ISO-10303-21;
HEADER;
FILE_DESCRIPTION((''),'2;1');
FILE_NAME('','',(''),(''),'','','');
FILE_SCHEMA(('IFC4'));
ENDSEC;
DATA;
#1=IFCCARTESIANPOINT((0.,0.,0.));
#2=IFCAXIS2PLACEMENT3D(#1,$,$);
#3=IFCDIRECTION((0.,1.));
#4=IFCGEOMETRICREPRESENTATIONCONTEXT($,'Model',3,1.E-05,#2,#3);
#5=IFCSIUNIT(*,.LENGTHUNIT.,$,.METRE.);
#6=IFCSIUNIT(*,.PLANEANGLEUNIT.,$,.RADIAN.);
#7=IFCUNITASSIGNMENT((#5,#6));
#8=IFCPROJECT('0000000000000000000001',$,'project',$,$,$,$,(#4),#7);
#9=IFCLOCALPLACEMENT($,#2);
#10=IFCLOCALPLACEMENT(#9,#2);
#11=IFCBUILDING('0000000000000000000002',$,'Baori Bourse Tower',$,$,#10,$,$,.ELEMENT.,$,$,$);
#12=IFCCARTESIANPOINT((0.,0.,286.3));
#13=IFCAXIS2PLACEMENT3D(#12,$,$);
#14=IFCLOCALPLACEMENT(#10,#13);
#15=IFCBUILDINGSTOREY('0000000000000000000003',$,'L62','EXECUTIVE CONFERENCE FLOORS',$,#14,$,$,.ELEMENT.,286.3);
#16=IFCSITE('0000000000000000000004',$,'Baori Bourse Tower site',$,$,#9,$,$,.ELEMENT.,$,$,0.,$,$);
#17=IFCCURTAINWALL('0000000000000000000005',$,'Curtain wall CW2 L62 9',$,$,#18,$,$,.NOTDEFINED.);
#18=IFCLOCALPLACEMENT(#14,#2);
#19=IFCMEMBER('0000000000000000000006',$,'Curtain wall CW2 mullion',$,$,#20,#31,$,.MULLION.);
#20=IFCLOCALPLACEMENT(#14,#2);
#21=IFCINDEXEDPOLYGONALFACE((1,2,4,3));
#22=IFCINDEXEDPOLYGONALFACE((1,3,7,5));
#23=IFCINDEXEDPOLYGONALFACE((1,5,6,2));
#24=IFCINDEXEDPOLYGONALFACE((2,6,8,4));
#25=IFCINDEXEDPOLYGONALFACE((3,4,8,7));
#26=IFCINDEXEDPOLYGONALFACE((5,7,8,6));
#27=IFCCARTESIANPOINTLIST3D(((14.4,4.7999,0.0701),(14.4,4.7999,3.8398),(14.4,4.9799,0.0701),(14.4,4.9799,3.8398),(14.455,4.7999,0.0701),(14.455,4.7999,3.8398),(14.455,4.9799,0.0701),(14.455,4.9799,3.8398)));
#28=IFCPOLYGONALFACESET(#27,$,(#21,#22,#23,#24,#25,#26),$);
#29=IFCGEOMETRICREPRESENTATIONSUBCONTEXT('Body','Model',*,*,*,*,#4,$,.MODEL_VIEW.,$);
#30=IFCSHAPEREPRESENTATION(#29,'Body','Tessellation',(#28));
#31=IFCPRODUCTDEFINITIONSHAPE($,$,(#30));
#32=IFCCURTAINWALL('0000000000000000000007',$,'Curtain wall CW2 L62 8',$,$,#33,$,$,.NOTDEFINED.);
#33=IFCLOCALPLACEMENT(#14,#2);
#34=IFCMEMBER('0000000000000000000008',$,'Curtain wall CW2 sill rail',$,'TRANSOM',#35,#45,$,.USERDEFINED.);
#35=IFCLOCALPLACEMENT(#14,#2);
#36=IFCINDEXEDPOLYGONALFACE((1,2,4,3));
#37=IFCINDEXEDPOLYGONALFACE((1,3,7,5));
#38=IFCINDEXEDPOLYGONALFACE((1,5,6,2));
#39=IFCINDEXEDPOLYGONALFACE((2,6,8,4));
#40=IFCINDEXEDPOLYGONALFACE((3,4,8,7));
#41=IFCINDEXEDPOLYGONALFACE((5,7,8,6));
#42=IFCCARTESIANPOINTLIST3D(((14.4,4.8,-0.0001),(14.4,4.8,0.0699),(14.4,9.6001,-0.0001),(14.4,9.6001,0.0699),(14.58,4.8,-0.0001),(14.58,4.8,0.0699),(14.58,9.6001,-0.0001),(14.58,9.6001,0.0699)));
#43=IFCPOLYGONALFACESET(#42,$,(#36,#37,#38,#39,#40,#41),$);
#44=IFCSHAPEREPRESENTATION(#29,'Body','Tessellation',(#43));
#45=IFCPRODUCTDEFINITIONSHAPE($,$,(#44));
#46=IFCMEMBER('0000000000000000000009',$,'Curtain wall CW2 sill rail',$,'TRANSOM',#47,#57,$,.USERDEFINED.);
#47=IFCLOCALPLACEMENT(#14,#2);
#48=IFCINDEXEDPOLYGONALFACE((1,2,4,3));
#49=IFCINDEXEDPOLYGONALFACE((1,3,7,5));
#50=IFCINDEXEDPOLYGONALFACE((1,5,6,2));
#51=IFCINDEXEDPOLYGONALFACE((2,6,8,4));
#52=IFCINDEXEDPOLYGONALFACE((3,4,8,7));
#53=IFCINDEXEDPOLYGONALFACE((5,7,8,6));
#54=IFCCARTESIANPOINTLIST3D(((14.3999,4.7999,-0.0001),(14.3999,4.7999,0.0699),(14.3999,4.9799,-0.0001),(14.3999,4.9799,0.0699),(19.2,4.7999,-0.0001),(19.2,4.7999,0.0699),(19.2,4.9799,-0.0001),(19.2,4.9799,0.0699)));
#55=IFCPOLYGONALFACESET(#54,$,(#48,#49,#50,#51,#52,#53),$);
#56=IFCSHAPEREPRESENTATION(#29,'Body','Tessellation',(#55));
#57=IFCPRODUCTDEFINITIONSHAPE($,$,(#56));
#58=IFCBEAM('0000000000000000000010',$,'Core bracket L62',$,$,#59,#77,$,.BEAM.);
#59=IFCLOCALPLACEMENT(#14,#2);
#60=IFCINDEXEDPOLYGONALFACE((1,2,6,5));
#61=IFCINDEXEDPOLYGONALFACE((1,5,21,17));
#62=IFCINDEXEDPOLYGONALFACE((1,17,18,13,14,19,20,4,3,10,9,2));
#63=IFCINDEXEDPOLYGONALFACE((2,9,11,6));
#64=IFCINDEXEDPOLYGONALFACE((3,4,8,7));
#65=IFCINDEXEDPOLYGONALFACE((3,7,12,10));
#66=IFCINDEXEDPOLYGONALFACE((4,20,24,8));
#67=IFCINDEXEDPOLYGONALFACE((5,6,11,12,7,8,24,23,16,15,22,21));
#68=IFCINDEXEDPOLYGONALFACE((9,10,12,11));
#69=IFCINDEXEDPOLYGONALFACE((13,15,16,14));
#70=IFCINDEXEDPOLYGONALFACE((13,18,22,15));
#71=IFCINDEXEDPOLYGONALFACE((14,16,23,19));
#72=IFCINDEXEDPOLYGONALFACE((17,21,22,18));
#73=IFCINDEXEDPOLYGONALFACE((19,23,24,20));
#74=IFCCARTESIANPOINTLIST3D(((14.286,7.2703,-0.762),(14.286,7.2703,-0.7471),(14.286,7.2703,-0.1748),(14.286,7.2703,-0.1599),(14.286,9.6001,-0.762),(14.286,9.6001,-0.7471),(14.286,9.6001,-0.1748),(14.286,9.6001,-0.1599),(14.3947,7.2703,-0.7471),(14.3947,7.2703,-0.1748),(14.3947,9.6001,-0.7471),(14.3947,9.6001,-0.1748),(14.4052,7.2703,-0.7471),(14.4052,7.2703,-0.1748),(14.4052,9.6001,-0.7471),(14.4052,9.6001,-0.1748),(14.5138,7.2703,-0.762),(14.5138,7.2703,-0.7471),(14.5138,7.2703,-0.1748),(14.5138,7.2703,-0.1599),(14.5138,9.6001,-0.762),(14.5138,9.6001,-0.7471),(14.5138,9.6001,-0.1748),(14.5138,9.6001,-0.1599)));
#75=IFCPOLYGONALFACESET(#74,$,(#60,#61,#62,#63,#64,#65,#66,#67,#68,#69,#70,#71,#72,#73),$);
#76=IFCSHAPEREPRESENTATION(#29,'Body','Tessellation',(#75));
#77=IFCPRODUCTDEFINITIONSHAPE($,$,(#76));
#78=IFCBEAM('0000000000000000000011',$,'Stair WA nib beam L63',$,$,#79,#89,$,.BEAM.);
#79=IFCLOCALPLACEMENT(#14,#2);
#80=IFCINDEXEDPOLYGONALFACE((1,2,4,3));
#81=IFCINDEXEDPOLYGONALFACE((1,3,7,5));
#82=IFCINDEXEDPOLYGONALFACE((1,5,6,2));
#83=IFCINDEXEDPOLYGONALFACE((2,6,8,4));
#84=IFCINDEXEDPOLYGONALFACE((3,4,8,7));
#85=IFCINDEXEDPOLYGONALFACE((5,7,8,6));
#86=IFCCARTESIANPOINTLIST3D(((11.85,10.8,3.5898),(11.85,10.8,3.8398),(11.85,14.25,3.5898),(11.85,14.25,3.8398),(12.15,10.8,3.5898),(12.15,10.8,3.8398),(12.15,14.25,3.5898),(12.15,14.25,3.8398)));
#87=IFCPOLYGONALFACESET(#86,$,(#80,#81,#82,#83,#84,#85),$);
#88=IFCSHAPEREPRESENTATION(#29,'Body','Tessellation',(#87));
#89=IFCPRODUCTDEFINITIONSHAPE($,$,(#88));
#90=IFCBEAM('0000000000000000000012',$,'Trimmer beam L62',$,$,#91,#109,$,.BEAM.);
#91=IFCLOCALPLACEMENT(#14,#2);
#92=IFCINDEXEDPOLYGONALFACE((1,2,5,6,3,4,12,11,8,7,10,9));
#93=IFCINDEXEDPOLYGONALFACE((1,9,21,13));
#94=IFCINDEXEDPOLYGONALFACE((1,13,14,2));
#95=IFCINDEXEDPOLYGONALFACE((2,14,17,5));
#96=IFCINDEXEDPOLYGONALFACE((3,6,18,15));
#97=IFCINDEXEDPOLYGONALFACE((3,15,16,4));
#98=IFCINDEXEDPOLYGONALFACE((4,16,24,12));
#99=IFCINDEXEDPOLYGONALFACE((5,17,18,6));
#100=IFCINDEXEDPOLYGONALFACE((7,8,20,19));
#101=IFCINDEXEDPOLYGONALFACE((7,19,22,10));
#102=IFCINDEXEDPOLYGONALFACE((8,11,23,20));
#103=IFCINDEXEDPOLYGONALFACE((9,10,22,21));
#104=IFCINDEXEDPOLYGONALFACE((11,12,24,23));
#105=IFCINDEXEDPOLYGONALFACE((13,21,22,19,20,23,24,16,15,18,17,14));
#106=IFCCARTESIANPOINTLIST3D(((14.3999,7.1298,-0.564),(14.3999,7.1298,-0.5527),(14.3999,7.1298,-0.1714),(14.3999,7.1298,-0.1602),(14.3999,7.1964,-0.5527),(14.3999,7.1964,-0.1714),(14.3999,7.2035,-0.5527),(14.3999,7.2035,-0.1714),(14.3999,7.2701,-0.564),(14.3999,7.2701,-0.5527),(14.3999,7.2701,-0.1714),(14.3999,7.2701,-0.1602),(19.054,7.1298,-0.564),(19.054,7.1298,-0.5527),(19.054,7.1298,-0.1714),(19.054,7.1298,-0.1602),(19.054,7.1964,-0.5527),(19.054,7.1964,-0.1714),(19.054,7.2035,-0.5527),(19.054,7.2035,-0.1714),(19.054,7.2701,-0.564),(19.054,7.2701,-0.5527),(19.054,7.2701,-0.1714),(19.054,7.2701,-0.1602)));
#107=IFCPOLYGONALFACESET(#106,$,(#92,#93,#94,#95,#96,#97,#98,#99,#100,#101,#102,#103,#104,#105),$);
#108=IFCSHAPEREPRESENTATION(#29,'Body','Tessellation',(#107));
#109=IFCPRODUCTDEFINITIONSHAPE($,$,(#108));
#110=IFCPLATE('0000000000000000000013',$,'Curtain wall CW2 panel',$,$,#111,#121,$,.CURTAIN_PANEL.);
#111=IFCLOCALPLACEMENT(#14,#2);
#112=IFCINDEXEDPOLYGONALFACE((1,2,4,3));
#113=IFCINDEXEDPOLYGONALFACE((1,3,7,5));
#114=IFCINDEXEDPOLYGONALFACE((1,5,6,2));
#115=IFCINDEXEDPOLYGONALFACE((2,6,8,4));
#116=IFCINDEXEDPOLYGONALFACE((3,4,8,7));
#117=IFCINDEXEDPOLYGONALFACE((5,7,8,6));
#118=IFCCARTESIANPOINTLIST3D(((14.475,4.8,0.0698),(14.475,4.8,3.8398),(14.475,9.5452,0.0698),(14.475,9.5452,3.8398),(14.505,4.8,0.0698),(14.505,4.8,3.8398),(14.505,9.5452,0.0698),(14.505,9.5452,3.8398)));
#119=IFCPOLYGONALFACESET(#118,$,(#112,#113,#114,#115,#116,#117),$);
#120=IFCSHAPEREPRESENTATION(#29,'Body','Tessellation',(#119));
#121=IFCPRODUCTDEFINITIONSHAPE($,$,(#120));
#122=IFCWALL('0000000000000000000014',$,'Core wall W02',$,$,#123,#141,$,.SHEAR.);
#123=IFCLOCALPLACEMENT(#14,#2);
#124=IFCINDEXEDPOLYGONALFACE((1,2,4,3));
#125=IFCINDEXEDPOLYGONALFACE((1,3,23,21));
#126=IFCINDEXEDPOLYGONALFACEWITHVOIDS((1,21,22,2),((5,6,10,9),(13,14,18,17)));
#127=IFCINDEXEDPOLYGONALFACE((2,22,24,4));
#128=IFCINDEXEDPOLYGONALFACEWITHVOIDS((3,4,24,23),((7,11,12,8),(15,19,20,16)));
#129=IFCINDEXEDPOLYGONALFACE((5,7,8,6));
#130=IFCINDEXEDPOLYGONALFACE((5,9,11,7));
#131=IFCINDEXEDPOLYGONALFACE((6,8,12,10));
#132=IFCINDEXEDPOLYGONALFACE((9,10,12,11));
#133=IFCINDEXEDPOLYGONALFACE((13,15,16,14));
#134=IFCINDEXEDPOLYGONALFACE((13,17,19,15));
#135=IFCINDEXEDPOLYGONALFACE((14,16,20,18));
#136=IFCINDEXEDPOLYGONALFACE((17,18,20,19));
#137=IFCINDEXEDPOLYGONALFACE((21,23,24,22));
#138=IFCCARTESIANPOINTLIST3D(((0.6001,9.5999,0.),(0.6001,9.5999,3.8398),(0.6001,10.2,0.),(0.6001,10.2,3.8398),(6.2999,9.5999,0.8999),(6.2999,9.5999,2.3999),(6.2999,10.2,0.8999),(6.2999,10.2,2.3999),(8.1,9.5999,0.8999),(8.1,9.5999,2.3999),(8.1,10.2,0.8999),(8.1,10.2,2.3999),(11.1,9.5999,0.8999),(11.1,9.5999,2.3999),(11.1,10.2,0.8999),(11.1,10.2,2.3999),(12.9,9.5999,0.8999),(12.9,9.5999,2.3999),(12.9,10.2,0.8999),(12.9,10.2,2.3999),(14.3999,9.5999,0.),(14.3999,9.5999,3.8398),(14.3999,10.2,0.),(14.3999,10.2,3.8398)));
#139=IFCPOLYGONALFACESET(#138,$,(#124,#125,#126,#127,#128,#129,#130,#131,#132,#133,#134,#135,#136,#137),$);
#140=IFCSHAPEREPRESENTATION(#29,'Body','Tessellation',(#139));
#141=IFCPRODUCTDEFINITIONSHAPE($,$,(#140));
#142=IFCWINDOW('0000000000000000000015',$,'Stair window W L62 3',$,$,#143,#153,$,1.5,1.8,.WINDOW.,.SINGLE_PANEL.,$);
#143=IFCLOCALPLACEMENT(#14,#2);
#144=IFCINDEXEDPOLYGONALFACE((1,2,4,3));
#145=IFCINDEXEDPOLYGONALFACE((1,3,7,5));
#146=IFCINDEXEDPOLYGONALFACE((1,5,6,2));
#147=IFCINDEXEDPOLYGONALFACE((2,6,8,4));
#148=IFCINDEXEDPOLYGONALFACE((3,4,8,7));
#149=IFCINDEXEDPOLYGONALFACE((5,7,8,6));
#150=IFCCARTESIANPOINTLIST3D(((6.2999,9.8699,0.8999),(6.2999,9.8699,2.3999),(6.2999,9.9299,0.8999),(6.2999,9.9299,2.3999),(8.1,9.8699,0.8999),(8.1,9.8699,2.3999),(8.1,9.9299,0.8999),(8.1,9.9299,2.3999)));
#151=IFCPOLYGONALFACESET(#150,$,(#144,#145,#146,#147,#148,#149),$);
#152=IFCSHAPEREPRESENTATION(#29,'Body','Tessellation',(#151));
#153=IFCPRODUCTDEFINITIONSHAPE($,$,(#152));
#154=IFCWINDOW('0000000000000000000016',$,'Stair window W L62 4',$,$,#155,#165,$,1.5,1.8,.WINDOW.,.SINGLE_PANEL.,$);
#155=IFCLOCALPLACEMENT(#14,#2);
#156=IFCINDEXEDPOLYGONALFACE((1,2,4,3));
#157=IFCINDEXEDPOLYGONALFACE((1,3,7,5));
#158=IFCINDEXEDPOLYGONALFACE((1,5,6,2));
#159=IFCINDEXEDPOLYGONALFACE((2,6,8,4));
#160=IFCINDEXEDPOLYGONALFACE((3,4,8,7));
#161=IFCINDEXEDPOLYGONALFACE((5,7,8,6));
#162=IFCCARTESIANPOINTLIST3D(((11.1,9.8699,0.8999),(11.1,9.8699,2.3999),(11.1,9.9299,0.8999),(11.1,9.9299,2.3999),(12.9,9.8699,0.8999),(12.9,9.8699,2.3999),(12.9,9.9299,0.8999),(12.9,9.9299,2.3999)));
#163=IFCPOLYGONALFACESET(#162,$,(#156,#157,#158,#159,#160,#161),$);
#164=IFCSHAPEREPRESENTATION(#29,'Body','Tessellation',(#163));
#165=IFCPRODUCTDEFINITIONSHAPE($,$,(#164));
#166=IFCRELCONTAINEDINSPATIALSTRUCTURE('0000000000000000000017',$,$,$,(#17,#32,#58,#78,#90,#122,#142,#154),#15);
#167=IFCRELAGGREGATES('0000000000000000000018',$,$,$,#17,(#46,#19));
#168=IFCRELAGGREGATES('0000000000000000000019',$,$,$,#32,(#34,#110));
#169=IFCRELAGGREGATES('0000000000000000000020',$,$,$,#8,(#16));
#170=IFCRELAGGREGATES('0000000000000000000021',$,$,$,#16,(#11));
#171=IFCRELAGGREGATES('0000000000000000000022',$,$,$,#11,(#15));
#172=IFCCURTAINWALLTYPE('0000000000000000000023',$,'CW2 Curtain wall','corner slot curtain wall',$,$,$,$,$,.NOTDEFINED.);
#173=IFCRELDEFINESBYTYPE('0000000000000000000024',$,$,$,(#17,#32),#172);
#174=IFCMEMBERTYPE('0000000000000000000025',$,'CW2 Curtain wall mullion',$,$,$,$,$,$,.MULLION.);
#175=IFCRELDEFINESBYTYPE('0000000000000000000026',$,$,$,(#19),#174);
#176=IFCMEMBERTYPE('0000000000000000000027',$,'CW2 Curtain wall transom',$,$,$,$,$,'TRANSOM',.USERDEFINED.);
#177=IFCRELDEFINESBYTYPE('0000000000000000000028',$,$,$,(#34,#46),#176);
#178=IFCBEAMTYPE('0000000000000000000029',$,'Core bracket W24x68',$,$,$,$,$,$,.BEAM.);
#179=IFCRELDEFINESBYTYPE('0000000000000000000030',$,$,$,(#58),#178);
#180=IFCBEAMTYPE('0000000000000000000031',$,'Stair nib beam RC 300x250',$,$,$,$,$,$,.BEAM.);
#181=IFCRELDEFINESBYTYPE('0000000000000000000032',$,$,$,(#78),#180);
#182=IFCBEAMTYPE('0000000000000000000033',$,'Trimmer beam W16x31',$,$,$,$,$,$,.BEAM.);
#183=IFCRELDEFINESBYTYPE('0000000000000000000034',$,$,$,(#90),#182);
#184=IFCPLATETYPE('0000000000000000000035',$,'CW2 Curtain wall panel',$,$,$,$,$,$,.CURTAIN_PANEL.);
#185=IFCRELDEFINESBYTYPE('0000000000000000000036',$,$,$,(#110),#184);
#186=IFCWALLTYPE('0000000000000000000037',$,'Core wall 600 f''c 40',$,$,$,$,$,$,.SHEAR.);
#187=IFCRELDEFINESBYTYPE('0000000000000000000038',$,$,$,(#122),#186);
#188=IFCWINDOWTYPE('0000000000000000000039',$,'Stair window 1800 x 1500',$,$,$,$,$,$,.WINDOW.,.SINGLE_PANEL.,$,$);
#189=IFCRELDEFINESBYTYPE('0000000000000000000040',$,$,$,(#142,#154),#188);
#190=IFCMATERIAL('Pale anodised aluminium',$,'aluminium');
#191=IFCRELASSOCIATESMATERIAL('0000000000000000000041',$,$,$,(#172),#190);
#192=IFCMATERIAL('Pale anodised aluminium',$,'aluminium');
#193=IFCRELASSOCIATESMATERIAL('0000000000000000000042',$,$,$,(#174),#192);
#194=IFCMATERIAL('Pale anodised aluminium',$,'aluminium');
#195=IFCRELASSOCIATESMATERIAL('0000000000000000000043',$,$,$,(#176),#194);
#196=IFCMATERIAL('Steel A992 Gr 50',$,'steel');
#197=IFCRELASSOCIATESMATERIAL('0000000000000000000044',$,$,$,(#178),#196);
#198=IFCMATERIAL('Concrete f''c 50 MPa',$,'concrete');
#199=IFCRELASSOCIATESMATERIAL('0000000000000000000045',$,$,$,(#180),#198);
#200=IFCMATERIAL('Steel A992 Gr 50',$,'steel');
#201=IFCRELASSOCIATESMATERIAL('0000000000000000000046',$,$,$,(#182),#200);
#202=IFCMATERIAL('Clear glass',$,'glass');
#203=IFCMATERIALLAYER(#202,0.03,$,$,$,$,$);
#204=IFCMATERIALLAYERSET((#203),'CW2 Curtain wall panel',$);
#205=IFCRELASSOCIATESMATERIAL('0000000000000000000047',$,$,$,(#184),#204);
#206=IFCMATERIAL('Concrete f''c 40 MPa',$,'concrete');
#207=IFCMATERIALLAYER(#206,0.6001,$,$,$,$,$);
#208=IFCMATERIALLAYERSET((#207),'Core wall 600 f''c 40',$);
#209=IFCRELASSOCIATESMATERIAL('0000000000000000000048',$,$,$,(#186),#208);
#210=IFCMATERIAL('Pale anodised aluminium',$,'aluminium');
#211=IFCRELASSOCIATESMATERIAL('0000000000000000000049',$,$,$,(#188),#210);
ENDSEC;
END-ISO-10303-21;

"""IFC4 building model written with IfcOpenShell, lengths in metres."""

from ifc_helpers import new_model, si_unit, direction, frame, frame_2d, origin, origin_2d, place, context, subcontext, project, spatial, rectangle, i_section, extrude, material, layer, layer_set, material_profile, profile_set, type_object, element, fill, aggregate, save


model = new_model("IFC4")

# Units and contexts
model_context = context("Model", 3, precision=1e-05, world=origin(), true_north=direction((0.0, 1.0)))
body_context = subcontext(model_context, "Body", "Model", "MODEL_VIEW")
ifc_project = project(units=[si_unit("LENGTHUNIT", "METRE"), si_unit("PLANEANGLEUNIT", "RADIAN")], contexts=[model_context])

# Site, building, storey
site_placement = place(None, origin())
site = spatial("IfcSite", under=ifc_project, at=site_placement, Name="Baori Bourse Tower site", CompositionType="ELEMENT", RefElevation=0.0)
building_placement = place(site_placement, origin())
building = spatial("IfcBuilding", under=site, at=building_placement, Name="Baori Bourse Tower", CompositionType="ELEMENT")
storey_placement = place(building_placement, frame((0.0, 0.0, 286.3)))
storey = spatial("IfcBuildingStorey", under=building, at=storey_placement, Name="L62", Description="EXECUTIVE CONFERENCE FLOORS", CompositionType="ELEMENT", Elevation=286.3)

# Curtain walls, members
ifc_material_1 = material(Name="Pale anodised aluminium", Category="aluminium")
curtain_wall_type = type_object("IfcCurtainWallType", Name="CW2 Curtain wall", Description="corner slot curtain wall", PredefinedType="NOTDEFINED", material=ifc_material_1)
curtain_wall_1_placement = place(storey_placement, origin())
curtain_wall_1 = element("IfcCurtainWall", 1, at=curtain_wall_1_placement, inside=storey, type_object=curtain_wall_type, Name="Curtain wall CW2 L62 9", PredefinedType="NOTDEFINED")
ifc_material_2 = material(Name="Pale anodised aluminium", Category="aluminium")
ifc_material_profile_1 = material_profile(ifc_material_2, rectangle(XDim=0.1799, YDim=0.0549, at=origin_2d()), Name="Mullion 55x180")
ifc_profile_set_1 = profile_set([ifc_material_profile_1], Name="Pale anodised aluminium")
member_type_1 = type_object("IfcMemberType", Name="CW2 Curtain wall mullion", PredefinedType="MULLION", material=ifc_profile_set_1)
member_1_placement = place(storey_placement, frame((14.4275, 4.8899, 0.0701), z_axis=(0.0, 0.0, 1.0), x_axis=(0.0, 1.0, 0.0)))
member_1 = element("IfcMember", 2, at=member_1_placement, type_object=member_type_1, Name="Curtain wall CW2 mullion", PredefinedType="MULLION", context=body_context, shape_type="SweptSolid", body=[
    extrude(rectangle(XDim=0.1799, YDim=0.0549, at=origin_2d()), origin(), (0.0, 0.0, 1.0), 3.7698),
])
curtain_wall_2_placement = place(storey_placement, origin())
curtain_wall_2 = element("IfcCurtainWall", 3, at=curtain_wall_2_placement, inside=storey, type_object=curtain_wall_type, Name="Curtain wall CW2 L62 8", PredefinedType="NOTDEFINED")
ifc_material_3 = material(Name="Pale anodised aluminium", Category="aluminium")
ifc_material_profile_2 = material_profile(ifc_material_3, rectangle(XDim=0.1799, YDim=0.0701, at=origin_2d()), Name="Transom 70x180")
ifc_profile_set_2 = profile_set([ifc_material_profile_2], Name="Pale anodised aluminium")
member_type_2 = type_object("IfcMemberType", Name="CW2 Curtain wall transom", ElementType="TRANSOM", PredefinedType="USERDEFINED", material=ifc_profile_set_2)
member_2_placement = place(storey_placement, frame((14.49, 9.6001, 0.0349), z_axis=(0.0, -1.0, 0.0), x_axis=(1.0, 0.0, 0.0)))
member_2 = element("IfcMember", 4, at=member_2_placement, type_object=member_type_2, Name="Curtain wall CW2 sill rail", ObjectType="TRANSOM", PredefinedType="USERDEFINED", context=body_context, shape_type="SweptSolid", body=[
    extrude(rectangle(XDim=0.1799, YDim=0.0701, at=origin_2d()), origin(), (0.0, 0.0, 1.0), 4.8),
])

# Member
member_3_placement = place(storey_placement, frame((14.3999, 4.8899, 0.0349), z_axis=(1.0, 0.0, 0.0), x_axis=(0.0, 1.0, 0.0)))
member_3 = element("IfcMember", 5, at=member_3_placement, type_object=member_type_2, Name="Curtain wall CW2 sill rail", ObjectType="TRANSOM", PredefinedType="USERDEFINED", context=body_context, shape_type="SweptSolid", body=[
    extrude(rectangle(XDim=0.1799, YDim=0.0701, at=origin_2d()), origin(), (0.0, 0.0, 1.0), 4.8),
])
aggregate(curtain_wall_1, [member_3, member_1])

# Beams
ifc_material_4 = material(Name="Steel A992 Gr 50", Category="steel")
ifc_material_profile_3 = material_profile(ifc_material_4, i_section(OverallWidth=0.2278, OverallDepth=0.6021, WebThickness=0.0105, FlangeThickness=0.0149, at=origin_2d()), Name="W24x68")
ifc_profile_set_3 = profile_set([ifc_material_profile_3], Name="Steel A992 Gr 50")
beam_type_1 = type_object("IfcBeamType", Name="Core bracket W24x68", PredefinedType="BEAM", material=ifc_profile_set_3)
beam_1_placement = place(storey_placement, frame((14.3999, 7.2703, -0.4609), z_axis=(0.0, 1.0, 0.0), x_axis=(-1.0, 0.0, 0.0)))
element("IfcBeam", 6, at=beam_1_placement, inside=storey, type_object=beam_type_1, Name="Core bracket L62", PredefinedType="BEAM", context=body_context, shape_type="SweptSolid", body=[
    extrude(i_section(OverallWidth=0.2278, OverallDepth=0.6021, WebThickness=0.0105, FlangeThickness=0.0149, at=origin_2d()), origin(), (0.0, 0.0, 1.0), 2.3298),
])
ifc_material_5 = material(Name="Concrete f'c 50 MPa", Category="concrete")
ifc_material_profile_4 = material_profile(ifc_material_5, rectangle(XDim=0.3, YDim=0.25, at=origin_2d()), Name="RC 300x250")
ifc_profile_set_4 = profile_set([ifc_material_profile_4], Name="Concrete f'c 50 MPa")
beam_type_2 = type_object("IfcBeamType", Name="Stair nib beam RC 300x250", PredefinedType="BEAM", material=ifc_profile_set_4)
beam_2_placement = place(storey_placement, frame((12.0, 10.8, 3.7148), z_axis=(0.0, 1.0, 0.0), x_axis=(-1.0, 0.0, 0.0)))
element("IfcBeam", 7, at=beam_2_placement, inside=storey, type_object=beam_type_2, Name="Stair WA nib beam L63", PredefinedType="BEAM", context=body_context, shape_type="SweptSolid", body=[
    extrude(rectangle(XDim=0.3, YDim=0.25, at=origin_2d()), origin(), (0.0, 0.0, 1.0), 3.45),
])
ifc_material_6 = material(Name="Steel A992 Gr 50", Category="steel")
ifc_material_profile_5 = material_profile(ifc_material_6, i_section(OverallWidth=0.1404, OverallDepth=0.4038, WebThickness=0.0071, FlangeThickness=0.0112, at=origin_2d()), Name="W16x31")
ifc_profile_set_5 = profile_set([ifc_material_profile_5], Name="Steel A992 Gr 50")
beam_type_3 = type_object("IfcBeamType", Name="Trimmer beam W16x31", PredefinedType="BEAM", material=ifc_profile_set_5)
beam_3_placement = place(storey_placement, frame((14.3999, 7.2, -0.3621), z_axis=(1.0, 0.0, 0.0), x_axis=(0.0, 1.0, 0.0)))
element("IfcBeam", 8, at=beam_3_placement, inside=storey, type_object=beam_type_3, Name="Trimmer beam L62", PredefinedType="BEAM", context=body_context, shape_type="SweptSolid", body=[
    extrude(i_section(OverallWidth=0.1404, OverallDepth=0.4038, WebThickness=0.0071, FlangeThickness=0.0112, at=origin_2d()), origin(), (0.0, 0.0, 1.0), 4.6541),
])

# Plate
ifc_material_7 = material(Name="Clear glass", Category="glass")
ifc_layer_1 = layer(ifc_material_7, 0.03)
ifc_layer_set_1 = layer_set([ifc_layer_1], Name="CW2 Curtain wall panel")
plate_type = type_object("IfcPlateType", Name="CW2 Curtain wall panel", PredefinedType="CURTAIN_PANEL", material=ifc_layer_set_1)
plate_placement = place(storey_placement, frame((14.49, 7.1726, 0.0698), z_axis=(0.0, 0.0, 1.0), x_axis=(0.0, -1.0, 0.0)))
plate = element("IfcPlate", 9, at=plate_placement, type_object=plate_type, Name="Curtain wall CW2 panel", PredefinedType="CURTAIN_PANEL", context=body_context, shape_type="SweptSolid", body=[
    extrude(rectangle(XDim=4.7451, YDim=0.03, at=origin_2d()), origin(), (0.0, 0.0, 1.0), 3.77),
])
aggregate(curtain_wall_2, [member_2, plate])

# Wall, openings, windows
ifc_material_8 = material(Name="Concrete f'c 40 MPa", Category="concrete")
ifc_layer_2 = layer(ifc_material_8, 0.6001)
ifc_layer_set_2 = layer_set([ifc_layer_2], Name="Core wall 600 f'c 40")
wall_type_1 = type_object("IfcWallType", Name="Core wall 600 f'c 40", PredefinedType="SHEAR", material=ifc_layer_set_2)
wall_1_placement = place(storey_placement, frame((14.3999, 9.8999, 0.0), z_axis=(0.0, 0.0, 1.0), x_axis=(-1.0, 0.0, 0.0)))
wall_1 = element("IfcWall", 10, at=wall_1_placement, inside=storey, type_object=wall_type_1, Name="Core wall W02", PredefinedType="SHEAR", context=body_context, shape_type="SweptSolid", body=[
    extrude(rectangle(XDim=13.7998, YDim=0.6001, at=frame_2d((6.8999, 0.0))), origin(), (0.0, 0.0, 1.0), 3.8398),
])
opening_1_placement = place(wall_1_placement, frame((6.3, 0.0, 0.8999)))
opening_1 = element("IfcOpeningElement", 11, at=opening_1_placement, cuts=wall_1, PredefinedType="OPENING", context=body_context, shape_type="SweptSolid", body=[
    extrude(rectangle(XDim=1.8, YDim=1.5, at=frame_2d((0.8999, 0.75))), frame((0.0, 0.3101, 0.0), z_axis=(0.0, -1.0, 0.0), x_axis=(1.0, 0.0, 0.0)), (0.0, 0.0, 1.0), 0.6201),
])
opening_2_placement = place(wall_1_placement, frame((1.5, 0.0, 0.8999)))
opening_2 = element("IfcOpeningElement", 12, at=opening_2_placement, cuts=wall_1, PredefinedType="OPENING", context=body_context, shape_type="SweptSolid", body=[
    extrude(rectangle(XDim=1.8, YDim=1.5, at=frame_2d((0.8999, 0.75))), frame((0.0, 0.3101, 0.0), z_axis=(0.0, -1.0, 0.0), x_axis=(1.0, 0.0, 0.0)), (0.0, 0.0, 1.0), 0.6201),
])
ifc_material_9 = material(Name="Pale anodised aluminium", Category="aluminium")
window_type = type_object("IfcWindowType", Name="Stair window 1800 x 1500", PartitioningType="SINGLE_PANEL", PredefinedType="WINDOW", material=ifc_material_9)
window_1_placement = place(opening_1_placement, origin())
window_1 = element("IfcWindow", 13, at=window_1_placement, inside=storey, type_object=window_type, Name="Stair window W L62 3", OverallHeight=1.5, OverallWidth=1.8, PartitioningType="SINGLE_PANEL", PredefinedType="WINDOW", context=body_context, shape_type="SweptSolid", body=[
    extrude(rectangle(XDim=1.8, YDim=1.5, at=frame_2d((0.8999, 0.75))), frame((0.0, 0.03, 0.0), z_axis=(0.0, -1.0, 0.0), x_axis=(1.0, 0.0, 0.0)), (0.0, 0.0, 1.0), 0.0601),
])
fill(opening_1, window_1)
window_2_placement = place(opening_2_placement, origin())
window_2 = element("IfcWindow", 14, at=window_2_placement, inside=storey, type_object=window_type, Name="Stair window W L62 4", OverallHeight=1.5, OverallWidth=1.8, PartitioningType="SINGLE_PANEL", PredefinedType="WINDOW", context=body_context, shape_type="SweptSolid", body=[
    extrude(rectangle(XDim=1.8, YDim=1.5, at=frame_2d((0.8999, 0.75))), frame((0.0, 0.03, 0.0), z_axis=(0.0, -1.0, 0.0), x_axis=(1.0, 0.0, 0.0)), (0.0, 0.0, 1.0), 0.0601),
])
fill(opening_2, window_2)

save(model, "model.ifc")
